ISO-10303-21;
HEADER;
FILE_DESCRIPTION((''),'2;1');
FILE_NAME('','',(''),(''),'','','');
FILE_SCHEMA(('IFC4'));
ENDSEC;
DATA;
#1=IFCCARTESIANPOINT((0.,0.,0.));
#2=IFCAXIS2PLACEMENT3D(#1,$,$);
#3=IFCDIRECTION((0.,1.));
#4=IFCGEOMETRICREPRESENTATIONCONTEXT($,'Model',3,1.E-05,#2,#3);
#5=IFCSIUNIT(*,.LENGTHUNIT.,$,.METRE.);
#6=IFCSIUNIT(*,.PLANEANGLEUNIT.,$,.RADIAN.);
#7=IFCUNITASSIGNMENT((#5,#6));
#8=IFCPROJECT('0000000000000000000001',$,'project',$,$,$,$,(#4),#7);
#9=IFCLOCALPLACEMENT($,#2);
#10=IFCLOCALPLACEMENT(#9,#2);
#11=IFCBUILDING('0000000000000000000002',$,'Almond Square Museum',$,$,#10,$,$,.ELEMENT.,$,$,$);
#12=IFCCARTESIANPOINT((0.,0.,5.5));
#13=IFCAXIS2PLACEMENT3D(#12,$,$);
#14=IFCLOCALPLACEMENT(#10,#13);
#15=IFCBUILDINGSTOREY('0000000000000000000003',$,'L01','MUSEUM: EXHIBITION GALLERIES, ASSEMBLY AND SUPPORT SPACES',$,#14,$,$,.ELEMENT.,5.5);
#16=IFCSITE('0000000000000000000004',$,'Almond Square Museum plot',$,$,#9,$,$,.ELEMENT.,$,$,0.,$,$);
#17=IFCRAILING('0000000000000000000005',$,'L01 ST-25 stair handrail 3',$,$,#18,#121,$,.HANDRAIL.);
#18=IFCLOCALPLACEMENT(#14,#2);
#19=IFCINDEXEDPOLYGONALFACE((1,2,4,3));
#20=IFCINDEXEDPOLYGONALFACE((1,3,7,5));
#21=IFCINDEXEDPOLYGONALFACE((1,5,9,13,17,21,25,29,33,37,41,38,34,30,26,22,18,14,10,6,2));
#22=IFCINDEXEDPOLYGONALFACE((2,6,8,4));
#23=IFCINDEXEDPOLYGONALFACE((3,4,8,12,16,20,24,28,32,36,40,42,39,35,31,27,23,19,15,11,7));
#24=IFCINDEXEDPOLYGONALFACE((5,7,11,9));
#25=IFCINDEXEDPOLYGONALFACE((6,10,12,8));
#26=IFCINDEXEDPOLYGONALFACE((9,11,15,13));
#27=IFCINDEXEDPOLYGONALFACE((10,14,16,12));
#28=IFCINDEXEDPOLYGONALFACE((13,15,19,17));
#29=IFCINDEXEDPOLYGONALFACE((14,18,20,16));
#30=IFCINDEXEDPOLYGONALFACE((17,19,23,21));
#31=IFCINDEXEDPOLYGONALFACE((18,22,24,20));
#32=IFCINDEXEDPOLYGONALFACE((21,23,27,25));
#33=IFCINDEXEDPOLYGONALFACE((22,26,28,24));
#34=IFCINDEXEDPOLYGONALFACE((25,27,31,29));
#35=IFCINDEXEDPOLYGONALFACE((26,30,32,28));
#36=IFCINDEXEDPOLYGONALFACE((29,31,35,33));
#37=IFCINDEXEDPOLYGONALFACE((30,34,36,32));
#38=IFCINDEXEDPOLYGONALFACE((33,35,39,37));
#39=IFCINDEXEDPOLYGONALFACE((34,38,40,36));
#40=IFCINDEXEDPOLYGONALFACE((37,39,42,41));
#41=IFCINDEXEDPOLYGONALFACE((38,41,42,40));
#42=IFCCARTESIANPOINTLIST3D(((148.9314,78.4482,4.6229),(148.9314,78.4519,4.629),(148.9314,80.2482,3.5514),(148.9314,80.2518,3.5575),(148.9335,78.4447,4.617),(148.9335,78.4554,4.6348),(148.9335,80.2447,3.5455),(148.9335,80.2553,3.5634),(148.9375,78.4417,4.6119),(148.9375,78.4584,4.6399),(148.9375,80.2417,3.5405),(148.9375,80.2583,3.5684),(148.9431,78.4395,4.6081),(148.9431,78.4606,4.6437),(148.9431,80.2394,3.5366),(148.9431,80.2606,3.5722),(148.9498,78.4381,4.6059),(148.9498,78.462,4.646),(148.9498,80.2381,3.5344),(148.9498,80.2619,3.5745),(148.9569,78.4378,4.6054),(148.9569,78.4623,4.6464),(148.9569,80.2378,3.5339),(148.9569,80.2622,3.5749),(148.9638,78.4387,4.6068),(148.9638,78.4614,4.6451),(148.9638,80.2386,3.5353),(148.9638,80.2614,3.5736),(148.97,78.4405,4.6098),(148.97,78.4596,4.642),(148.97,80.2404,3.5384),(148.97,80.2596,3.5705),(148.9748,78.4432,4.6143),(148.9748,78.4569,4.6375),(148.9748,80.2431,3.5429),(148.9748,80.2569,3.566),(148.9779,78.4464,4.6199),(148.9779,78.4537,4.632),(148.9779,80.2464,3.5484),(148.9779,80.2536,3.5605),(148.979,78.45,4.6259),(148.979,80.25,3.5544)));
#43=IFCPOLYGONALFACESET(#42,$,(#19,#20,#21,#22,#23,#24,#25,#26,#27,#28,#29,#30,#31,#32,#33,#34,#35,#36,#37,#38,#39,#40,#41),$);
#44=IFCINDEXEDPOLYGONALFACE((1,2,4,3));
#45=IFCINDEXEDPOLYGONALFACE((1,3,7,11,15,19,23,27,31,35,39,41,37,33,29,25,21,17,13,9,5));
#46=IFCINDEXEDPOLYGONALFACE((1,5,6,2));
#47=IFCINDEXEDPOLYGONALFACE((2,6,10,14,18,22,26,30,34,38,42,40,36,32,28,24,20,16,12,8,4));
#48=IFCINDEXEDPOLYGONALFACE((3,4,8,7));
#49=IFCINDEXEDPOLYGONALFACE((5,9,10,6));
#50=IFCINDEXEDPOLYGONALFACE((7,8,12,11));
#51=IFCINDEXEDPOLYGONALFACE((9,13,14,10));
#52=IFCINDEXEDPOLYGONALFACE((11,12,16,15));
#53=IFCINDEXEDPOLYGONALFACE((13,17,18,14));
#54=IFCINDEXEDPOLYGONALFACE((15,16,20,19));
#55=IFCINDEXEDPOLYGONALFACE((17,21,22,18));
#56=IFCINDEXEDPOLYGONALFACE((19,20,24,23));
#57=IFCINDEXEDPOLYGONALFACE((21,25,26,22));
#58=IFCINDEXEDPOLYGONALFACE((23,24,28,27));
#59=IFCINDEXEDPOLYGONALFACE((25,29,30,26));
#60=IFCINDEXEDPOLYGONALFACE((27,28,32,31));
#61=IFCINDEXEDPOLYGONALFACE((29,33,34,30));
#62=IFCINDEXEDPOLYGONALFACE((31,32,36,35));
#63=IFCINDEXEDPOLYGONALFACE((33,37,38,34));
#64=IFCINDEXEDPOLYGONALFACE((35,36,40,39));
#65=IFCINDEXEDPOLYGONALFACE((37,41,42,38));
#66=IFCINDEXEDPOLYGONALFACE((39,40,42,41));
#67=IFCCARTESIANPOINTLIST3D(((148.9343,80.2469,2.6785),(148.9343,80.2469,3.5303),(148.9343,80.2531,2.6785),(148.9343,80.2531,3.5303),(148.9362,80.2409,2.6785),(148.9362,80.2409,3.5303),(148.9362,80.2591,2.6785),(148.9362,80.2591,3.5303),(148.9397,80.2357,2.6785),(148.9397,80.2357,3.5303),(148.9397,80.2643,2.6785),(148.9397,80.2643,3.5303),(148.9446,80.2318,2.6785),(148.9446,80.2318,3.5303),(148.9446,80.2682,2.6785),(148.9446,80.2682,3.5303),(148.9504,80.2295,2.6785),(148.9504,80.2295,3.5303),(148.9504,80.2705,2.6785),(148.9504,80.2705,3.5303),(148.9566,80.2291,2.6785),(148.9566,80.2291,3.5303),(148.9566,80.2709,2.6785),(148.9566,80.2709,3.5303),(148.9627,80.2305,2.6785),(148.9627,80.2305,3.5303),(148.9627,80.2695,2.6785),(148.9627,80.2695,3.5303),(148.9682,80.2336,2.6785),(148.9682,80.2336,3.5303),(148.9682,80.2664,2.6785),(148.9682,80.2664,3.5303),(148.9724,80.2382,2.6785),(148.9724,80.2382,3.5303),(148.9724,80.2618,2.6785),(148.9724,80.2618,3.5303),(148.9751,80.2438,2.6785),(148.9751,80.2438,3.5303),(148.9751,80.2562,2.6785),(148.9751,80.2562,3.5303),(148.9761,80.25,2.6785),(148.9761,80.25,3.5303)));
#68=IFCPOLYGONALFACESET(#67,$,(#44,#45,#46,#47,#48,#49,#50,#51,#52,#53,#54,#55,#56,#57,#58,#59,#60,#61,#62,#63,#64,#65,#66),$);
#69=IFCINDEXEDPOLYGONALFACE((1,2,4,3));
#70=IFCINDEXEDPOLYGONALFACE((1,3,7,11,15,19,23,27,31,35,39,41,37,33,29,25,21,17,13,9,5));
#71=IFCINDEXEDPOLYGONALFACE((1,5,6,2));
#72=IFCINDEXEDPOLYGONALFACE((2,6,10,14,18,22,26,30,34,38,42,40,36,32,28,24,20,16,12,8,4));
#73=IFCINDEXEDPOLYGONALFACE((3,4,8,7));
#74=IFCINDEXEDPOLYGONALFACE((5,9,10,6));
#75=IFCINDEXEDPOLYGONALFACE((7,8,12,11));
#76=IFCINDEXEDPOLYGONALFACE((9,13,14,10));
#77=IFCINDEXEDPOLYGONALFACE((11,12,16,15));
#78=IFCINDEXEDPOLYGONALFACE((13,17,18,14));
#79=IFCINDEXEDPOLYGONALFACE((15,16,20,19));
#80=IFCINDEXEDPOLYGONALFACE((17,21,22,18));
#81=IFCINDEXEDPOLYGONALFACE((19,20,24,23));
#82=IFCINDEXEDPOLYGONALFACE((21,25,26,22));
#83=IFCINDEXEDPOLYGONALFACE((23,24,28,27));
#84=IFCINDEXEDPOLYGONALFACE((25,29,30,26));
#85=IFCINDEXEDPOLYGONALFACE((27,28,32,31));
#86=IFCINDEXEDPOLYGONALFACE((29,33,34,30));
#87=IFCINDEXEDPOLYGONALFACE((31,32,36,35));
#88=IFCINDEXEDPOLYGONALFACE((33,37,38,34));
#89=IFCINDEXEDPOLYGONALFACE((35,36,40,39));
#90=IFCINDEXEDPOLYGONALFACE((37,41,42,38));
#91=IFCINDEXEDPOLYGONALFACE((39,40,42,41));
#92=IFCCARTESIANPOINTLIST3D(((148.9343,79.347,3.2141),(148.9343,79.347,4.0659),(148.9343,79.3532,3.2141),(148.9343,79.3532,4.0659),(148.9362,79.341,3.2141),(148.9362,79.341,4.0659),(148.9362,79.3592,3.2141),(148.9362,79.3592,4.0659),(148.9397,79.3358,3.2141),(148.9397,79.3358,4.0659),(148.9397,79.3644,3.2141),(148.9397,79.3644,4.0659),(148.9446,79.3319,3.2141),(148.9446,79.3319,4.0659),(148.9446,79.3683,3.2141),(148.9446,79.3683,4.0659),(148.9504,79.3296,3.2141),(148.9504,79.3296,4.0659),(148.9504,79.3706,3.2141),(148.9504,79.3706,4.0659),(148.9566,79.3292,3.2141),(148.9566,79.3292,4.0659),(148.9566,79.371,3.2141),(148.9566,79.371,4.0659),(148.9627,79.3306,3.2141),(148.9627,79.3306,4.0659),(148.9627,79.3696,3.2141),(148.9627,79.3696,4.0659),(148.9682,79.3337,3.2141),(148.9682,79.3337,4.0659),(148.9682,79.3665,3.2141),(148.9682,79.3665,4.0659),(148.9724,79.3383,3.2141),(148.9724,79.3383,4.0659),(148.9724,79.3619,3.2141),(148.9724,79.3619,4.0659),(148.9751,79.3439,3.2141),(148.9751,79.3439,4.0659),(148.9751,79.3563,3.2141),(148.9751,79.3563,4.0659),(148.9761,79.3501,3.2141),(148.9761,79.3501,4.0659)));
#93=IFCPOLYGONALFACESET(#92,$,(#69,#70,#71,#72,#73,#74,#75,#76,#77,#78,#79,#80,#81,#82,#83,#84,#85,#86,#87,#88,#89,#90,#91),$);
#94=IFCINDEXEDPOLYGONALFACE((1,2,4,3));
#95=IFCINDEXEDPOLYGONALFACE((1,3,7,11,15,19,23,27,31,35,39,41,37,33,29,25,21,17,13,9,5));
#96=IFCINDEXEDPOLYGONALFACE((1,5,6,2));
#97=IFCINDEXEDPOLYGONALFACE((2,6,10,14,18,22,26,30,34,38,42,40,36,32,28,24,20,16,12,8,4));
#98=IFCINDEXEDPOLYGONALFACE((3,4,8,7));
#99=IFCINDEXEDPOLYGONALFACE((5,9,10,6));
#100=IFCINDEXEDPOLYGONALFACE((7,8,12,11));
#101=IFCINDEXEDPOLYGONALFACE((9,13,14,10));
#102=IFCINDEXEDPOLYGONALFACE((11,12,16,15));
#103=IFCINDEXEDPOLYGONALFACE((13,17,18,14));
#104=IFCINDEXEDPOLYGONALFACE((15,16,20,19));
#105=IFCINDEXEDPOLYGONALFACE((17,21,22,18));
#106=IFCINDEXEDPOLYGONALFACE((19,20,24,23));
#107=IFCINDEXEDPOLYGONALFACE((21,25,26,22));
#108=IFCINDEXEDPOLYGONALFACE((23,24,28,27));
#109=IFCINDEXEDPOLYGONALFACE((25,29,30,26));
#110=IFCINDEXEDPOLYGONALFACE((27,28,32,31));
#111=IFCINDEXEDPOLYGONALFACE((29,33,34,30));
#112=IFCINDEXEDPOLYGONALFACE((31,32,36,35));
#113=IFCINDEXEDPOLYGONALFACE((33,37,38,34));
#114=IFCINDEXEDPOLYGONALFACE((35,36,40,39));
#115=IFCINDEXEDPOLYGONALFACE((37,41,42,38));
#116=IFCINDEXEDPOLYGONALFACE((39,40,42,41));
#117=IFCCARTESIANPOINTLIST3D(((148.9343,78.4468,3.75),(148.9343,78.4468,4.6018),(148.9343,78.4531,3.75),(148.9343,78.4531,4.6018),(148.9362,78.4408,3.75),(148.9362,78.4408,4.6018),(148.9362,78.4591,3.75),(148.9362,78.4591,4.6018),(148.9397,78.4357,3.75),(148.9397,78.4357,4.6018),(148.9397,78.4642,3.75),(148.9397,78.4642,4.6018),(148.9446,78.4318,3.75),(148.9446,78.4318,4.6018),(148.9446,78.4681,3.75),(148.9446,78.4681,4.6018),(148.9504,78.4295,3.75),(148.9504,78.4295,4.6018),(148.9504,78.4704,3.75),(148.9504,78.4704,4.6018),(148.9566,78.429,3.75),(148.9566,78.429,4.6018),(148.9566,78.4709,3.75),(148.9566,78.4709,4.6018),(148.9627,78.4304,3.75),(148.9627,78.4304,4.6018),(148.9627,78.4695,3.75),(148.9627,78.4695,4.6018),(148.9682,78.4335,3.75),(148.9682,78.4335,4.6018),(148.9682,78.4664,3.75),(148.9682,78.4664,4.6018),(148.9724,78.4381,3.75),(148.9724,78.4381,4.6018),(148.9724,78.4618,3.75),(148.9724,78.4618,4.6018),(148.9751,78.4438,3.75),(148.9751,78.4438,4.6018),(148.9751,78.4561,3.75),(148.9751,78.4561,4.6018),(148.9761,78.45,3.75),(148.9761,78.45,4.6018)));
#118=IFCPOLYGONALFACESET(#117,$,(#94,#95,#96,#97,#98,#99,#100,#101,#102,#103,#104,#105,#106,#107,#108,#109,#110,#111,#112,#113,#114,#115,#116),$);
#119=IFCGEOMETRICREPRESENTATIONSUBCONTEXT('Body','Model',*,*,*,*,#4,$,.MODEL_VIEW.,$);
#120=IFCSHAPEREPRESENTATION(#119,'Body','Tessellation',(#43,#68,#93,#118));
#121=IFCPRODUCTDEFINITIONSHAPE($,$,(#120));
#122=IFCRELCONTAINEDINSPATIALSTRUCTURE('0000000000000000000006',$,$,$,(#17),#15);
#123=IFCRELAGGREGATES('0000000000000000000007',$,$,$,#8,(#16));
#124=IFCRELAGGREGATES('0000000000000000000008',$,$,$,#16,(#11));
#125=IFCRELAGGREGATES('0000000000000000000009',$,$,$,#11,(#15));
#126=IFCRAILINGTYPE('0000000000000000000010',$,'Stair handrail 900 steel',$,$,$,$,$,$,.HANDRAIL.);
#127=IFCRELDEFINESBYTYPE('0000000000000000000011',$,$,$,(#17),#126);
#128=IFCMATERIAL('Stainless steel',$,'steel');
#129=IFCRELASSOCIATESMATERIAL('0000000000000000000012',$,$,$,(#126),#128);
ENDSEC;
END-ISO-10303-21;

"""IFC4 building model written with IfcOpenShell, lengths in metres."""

from ifc_helpers import new_model, si_unit, direction, frame, origin, origin_2d, place, context, subcontext, project, spatial, circle, extrude, material, type_object, element, save


model = new_model("IFC4")

# Units and contexts
model_context = context("Model", 3, precision=1e-05, world=origin(), true_north=direction((0.0, 1.0)))
body_context = subcontext(model_context, "Body", "Model", "MODEL_VIEW")
ifc_project = project(units=[si_unit("LENGTHUNIT", "METRE"), si_unit("PLANEANGLEUNIT", "RADIAN")], contexts=[model_context])

# Site, building, storey
site_placement = place(None, origin())
site = spatial("IfcSite", under=ifc_project, at=site_placement, Name="Almond Square Museum plot", CompositionType="ELEMENT", RefElevation=0.0)
building_placement = place(site_placement, origin())
building = spatial("IfcBuilding", under=site, at=building_placement, Name="Almond Square Museum", CompositionType="ELEMENT")
storey_placement = place(building_placement, frame((0.0, 0.0, 5.5)))
storey = spatial("IfcBuildingStorey", under=building, at=storey_placement, Name="L01", Description="MUSEUM: EXHIBITION GALLERIES, ASSEMBLY AND SUPPORT SPACES", CompositionType="ELEMENT", Elevation=5.5)

# Railing
ifc_material_1 = material(Name="Stainless steel", Category="steel")
railing_type_1 = type_object("IfcRailingType", Name="Stair handrail 900 steel", PredefinedType="HANDRAIL", material=ifc_material_1)
railing_1_placement = place(storey_placement, frame((148.9551, 80.25, 2.6785)))
element("IfcRailing", 1, at=railing_1_placement, inside=storey, type_object=railing_type_1, Name="L01 ST-25 stair handrail 3", PredefinedType="HANDRAIL", context=body_context, shape_type="SweptSolid", body=[
    extrude(circle(Radius=0.0239, at=origin_2d()), frame((0.0, 0.0, 0.876), z_axis=(0.0, -0.859277, 0.51151), x_axis=(1.0, 0.0, 0.0)), (0.0, 0.0, 1.0), 2.0947),
    extrude(circle(Radius=0.021, at=origin_2d()), origin(), (0.0, 0.0, 1.0), 0.8518),
    extrude(circle(Radius=0.021, at=origin_2d()), frame((0.0, -0.8999, 0.5356)), (0.0, 0.0, 1.0), 0.8518),
    extrude(circle(Radius=0.021, at=origin_2d()), frame((0.0, -1.8, 1.0715)), (0.0, 0.0, 1.0), 0.8518),
])

save(model, "model.ifc")
